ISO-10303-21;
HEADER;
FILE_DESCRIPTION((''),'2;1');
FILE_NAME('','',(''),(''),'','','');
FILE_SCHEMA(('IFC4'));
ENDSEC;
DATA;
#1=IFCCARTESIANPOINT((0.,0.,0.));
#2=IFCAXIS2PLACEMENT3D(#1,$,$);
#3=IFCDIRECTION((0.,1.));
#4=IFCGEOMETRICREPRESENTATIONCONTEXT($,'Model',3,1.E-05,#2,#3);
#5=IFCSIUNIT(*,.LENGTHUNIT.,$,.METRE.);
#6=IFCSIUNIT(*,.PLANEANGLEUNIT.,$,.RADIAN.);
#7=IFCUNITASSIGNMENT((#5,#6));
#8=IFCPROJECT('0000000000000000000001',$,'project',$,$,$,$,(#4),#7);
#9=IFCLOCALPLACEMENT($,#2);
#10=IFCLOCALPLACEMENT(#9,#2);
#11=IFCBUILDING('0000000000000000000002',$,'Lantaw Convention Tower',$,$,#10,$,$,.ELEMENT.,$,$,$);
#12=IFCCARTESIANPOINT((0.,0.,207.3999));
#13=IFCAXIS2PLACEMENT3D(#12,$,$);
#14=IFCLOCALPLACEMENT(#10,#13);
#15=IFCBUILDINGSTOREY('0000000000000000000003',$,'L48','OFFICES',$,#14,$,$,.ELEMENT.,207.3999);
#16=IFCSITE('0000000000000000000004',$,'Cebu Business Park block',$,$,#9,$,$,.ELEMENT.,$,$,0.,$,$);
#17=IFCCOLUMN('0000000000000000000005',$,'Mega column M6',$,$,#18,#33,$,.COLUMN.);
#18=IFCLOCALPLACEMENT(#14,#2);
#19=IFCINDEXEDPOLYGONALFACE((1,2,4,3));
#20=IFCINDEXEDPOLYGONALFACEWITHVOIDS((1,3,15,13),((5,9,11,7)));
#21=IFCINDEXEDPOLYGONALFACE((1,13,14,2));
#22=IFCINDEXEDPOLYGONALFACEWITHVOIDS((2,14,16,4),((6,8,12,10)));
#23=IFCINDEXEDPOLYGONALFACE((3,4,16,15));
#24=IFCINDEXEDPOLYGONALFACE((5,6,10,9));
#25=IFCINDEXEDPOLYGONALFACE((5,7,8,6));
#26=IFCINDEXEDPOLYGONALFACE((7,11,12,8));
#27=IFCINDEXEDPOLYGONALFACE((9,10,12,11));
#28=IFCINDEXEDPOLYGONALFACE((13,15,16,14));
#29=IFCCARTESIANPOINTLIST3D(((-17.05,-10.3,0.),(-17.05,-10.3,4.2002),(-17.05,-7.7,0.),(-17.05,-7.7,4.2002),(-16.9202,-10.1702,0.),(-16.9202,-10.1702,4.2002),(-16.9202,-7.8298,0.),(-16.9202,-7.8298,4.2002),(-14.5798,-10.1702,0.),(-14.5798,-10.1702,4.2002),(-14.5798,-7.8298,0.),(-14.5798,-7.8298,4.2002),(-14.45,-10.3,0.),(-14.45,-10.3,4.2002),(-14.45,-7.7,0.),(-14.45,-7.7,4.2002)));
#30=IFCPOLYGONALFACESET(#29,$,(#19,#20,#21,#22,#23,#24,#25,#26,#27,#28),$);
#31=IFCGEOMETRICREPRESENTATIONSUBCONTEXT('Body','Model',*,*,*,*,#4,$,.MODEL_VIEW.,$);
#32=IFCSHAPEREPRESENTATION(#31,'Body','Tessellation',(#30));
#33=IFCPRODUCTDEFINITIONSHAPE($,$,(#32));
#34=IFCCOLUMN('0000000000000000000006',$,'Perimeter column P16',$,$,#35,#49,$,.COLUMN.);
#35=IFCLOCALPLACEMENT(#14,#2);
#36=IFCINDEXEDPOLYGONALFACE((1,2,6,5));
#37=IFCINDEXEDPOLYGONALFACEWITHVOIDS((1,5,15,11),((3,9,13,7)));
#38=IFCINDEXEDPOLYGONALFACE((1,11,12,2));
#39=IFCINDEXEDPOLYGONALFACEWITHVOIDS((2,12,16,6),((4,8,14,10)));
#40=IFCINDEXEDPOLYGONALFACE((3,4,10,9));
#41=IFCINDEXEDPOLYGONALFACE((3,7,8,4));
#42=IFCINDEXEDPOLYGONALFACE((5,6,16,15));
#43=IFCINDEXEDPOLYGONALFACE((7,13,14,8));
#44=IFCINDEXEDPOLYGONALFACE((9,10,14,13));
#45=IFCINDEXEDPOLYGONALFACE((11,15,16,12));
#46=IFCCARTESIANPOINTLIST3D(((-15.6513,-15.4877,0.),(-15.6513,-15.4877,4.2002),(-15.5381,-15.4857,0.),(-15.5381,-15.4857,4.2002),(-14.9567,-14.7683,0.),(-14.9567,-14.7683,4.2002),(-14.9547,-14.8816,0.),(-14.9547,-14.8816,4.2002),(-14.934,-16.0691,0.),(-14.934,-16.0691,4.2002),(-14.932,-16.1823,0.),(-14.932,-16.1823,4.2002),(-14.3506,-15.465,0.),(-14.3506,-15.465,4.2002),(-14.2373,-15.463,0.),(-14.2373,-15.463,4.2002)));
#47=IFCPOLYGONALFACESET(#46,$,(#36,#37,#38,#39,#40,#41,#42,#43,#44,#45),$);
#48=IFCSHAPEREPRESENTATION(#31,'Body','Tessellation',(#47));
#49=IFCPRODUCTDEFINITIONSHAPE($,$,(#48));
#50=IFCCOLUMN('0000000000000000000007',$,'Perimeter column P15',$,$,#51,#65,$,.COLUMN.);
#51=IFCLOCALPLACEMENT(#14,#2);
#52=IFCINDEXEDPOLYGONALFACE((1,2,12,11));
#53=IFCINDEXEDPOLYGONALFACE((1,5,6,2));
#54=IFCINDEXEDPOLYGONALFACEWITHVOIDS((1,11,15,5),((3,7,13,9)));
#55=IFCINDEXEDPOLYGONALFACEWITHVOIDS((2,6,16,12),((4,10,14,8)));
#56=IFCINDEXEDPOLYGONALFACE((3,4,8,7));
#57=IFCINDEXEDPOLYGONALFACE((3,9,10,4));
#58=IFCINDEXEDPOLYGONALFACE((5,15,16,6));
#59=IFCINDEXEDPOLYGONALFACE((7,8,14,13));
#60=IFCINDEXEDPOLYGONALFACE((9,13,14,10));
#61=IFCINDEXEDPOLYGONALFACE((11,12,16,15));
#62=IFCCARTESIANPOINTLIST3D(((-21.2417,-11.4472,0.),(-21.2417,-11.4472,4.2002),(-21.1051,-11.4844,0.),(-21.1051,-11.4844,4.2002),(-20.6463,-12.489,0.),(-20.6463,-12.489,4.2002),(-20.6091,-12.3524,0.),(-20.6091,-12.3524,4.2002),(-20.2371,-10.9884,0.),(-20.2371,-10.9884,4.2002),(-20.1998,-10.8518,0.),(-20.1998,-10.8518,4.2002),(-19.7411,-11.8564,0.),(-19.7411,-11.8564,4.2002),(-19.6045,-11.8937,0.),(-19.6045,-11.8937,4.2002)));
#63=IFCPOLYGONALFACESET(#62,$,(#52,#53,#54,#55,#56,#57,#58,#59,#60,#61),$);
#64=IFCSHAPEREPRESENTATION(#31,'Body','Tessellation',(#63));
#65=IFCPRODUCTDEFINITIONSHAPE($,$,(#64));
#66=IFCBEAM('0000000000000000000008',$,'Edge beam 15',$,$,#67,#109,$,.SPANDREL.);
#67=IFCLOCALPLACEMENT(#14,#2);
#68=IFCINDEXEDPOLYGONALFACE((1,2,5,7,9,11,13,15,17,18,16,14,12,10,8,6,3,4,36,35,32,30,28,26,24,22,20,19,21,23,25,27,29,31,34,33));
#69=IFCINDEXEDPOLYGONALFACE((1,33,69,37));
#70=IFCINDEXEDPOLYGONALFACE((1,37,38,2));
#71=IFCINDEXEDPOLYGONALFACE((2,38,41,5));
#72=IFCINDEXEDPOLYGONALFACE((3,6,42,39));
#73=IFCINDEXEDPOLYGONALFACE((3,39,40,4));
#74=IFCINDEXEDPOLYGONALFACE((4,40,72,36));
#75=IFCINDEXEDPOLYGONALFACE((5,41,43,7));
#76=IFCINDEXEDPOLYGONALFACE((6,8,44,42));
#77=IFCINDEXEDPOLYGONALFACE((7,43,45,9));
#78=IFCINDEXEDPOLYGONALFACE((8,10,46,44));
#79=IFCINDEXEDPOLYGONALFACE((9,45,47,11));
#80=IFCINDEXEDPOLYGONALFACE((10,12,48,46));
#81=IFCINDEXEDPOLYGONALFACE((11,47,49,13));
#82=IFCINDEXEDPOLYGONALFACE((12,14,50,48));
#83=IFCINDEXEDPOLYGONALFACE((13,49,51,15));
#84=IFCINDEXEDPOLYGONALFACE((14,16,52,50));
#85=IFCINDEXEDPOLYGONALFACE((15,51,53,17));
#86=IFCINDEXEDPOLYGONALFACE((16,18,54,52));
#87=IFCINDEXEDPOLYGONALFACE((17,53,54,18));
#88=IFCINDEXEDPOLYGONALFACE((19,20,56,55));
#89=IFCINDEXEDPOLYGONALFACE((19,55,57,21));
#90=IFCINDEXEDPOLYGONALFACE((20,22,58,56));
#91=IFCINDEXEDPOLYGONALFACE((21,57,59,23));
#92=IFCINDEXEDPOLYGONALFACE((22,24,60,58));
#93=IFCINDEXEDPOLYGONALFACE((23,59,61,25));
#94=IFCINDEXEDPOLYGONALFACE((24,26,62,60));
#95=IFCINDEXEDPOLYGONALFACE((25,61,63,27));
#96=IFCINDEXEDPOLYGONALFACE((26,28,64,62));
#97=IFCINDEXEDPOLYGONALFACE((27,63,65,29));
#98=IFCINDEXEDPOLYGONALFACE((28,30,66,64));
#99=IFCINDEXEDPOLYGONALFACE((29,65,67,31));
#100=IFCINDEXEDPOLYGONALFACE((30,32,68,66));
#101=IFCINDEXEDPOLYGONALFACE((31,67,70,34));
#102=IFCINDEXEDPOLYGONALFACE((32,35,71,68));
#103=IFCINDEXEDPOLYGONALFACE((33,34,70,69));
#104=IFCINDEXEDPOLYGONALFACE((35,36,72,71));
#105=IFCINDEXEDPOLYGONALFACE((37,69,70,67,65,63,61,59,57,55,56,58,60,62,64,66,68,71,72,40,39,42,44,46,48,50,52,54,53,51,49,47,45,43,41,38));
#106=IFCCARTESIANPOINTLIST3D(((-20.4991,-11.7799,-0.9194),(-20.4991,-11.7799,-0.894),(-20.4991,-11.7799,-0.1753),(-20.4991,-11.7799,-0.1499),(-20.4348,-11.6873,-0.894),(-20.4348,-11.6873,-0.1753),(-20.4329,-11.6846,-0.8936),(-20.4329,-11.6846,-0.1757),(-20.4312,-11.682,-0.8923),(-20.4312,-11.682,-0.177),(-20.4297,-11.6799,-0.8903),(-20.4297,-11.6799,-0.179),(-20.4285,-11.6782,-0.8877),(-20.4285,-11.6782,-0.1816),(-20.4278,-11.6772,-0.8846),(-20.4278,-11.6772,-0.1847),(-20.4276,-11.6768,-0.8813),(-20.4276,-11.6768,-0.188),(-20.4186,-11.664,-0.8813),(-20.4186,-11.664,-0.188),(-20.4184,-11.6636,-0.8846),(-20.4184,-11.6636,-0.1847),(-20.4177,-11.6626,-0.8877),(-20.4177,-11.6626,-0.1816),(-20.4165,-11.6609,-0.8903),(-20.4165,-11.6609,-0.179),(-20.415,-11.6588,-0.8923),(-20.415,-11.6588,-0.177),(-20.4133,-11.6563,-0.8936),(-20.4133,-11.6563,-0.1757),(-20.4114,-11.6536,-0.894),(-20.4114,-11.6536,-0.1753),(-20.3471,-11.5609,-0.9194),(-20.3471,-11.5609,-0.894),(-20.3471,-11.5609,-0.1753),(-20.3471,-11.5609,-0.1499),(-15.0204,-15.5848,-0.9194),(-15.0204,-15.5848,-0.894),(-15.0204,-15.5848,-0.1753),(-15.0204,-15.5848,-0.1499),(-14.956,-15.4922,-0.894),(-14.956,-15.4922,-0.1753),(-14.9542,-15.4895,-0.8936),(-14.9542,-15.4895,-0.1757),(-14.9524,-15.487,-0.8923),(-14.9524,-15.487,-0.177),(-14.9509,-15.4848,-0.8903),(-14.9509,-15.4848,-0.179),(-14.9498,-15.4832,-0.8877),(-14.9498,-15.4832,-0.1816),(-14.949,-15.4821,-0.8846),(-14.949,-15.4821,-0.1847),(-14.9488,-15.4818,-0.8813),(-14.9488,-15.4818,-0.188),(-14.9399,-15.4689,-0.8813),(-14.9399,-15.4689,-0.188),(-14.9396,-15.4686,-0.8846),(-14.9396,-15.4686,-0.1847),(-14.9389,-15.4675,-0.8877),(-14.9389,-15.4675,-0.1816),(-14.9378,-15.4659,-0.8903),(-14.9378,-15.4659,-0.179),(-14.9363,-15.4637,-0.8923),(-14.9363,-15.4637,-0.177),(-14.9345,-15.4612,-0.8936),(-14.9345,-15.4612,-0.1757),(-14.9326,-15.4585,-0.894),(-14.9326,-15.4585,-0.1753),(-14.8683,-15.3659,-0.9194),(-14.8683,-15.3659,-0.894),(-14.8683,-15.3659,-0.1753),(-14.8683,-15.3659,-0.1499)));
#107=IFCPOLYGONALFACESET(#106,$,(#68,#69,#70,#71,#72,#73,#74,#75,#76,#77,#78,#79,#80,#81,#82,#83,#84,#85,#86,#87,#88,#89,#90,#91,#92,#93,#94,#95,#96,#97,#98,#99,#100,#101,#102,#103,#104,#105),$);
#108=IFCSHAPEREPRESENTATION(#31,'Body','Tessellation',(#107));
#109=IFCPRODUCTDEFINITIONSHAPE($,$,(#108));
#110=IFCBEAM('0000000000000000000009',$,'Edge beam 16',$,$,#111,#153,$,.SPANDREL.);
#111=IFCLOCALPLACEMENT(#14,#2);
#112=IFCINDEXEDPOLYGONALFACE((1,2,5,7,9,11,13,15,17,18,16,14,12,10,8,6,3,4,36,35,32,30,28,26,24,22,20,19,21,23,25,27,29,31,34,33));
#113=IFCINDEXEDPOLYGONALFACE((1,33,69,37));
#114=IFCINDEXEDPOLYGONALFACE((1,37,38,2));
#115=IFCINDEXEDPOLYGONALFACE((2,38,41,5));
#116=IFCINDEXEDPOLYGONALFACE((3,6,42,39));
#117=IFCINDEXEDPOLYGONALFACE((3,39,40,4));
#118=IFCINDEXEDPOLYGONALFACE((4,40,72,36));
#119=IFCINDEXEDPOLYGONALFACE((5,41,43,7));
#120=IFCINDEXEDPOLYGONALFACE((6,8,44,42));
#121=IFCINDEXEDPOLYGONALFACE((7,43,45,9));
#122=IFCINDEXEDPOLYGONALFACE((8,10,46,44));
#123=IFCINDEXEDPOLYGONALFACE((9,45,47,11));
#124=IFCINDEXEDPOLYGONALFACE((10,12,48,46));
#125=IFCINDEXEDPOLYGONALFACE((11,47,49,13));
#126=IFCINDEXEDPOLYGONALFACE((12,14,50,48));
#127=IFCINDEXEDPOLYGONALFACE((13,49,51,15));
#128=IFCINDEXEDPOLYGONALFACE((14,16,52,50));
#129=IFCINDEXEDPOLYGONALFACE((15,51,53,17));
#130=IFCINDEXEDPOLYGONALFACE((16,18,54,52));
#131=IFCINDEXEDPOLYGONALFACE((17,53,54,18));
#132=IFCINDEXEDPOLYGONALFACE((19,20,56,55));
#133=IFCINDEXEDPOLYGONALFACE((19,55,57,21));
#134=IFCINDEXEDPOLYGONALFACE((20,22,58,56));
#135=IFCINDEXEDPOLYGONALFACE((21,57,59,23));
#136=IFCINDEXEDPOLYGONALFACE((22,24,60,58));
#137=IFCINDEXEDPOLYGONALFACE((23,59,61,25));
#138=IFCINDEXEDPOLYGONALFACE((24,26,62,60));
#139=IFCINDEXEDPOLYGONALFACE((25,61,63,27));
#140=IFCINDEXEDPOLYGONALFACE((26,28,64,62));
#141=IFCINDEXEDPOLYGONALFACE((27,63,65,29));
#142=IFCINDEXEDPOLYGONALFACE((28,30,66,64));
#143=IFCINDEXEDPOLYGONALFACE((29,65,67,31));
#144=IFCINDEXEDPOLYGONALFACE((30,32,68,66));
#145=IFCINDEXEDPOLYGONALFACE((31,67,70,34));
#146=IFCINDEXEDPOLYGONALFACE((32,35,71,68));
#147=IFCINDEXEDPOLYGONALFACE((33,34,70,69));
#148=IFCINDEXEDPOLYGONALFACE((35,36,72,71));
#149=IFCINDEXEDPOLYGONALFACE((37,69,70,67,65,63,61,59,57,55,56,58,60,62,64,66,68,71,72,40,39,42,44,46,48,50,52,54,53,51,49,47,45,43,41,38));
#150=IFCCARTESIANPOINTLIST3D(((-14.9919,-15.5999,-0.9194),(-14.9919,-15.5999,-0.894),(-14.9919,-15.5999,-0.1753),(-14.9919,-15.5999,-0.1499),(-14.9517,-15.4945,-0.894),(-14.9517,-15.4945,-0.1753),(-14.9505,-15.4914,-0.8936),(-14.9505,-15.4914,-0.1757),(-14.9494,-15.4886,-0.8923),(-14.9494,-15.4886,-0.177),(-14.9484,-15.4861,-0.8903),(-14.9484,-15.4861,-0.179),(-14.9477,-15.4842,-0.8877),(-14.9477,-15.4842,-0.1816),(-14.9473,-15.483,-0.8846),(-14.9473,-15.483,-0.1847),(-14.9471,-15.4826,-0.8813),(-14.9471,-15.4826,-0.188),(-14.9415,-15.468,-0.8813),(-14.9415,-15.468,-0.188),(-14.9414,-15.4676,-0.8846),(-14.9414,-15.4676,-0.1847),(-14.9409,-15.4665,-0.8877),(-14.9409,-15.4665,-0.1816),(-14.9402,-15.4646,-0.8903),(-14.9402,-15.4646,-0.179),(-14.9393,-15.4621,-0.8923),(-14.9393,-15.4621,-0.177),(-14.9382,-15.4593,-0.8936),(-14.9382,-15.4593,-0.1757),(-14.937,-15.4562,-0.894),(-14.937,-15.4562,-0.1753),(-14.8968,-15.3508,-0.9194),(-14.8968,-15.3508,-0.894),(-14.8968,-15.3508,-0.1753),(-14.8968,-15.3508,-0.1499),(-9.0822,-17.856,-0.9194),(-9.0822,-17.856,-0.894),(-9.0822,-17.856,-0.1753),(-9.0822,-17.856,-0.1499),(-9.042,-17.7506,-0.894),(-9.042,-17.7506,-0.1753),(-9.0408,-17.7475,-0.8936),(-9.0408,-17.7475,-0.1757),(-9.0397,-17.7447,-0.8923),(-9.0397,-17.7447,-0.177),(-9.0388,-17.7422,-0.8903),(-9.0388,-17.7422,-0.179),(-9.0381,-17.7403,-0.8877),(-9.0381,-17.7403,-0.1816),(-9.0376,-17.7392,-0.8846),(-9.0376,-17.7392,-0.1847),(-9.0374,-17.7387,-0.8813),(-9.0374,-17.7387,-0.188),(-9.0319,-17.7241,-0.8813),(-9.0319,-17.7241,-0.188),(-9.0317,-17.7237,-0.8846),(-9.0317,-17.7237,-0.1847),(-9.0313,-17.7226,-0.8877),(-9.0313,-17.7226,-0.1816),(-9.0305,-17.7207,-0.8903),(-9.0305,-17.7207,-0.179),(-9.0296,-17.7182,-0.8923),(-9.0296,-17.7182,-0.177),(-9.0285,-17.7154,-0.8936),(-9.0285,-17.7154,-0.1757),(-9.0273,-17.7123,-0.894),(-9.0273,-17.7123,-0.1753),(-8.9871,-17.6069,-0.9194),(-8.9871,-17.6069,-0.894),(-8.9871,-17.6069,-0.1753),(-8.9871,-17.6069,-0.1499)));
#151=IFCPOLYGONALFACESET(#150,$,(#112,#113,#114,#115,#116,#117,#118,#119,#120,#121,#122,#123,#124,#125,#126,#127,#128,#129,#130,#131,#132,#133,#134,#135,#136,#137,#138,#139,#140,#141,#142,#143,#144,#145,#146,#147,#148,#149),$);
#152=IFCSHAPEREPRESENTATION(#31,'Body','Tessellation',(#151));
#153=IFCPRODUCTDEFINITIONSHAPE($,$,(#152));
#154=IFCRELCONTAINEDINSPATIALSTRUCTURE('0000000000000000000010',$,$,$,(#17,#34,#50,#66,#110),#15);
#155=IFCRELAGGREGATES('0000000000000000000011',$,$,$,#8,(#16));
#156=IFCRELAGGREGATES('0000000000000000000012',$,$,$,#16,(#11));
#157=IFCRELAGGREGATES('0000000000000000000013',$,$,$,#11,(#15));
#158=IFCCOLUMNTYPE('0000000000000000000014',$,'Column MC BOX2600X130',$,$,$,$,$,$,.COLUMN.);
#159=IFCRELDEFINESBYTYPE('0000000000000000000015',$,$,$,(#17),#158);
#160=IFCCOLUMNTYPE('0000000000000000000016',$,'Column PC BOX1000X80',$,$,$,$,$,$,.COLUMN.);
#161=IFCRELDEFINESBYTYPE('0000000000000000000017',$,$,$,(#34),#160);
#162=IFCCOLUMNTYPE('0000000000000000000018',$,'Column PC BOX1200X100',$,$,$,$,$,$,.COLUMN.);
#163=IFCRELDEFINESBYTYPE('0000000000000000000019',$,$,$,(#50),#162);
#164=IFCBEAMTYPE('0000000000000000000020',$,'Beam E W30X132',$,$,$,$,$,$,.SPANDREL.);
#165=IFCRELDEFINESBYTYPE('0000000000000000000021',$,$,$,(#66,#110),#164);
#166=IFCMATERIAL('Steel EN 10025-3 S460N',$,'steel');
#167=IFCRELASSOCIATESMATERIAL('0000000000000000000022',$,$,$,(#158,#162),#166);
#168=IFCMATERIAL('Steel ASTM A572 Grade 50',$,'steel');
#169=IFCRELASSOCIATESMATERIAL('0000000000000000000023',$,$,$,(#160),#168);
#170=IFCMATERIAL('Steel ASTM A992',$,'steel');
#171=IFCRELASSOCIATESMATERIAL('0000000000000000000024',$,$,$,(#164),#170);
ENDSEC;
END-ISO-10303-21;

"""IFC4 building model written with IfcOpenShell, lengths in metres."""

from ifc_helpers import new_model, si_unit, direction, frame, origin, origin_2d, place, context, subcontext, project, spatial, rectangle, hollow_rectangle, i_section, extrude, material, material_profile, profile_set, type_object, element, save


model = new_model("IFC4")

# Units and contexts
model_context = context("Model", 3, precision=1e-05, world=origin(), true_north=direction((0.0, 1.0)))
body_context = subcontext(model_context, "Body", "Model", "MODEL_VIEW")
ifc_project = project(units=[si_unit("LENGTHUNIT", "METRE"), si_unit("PLANEANGLEUNIT", "RADIAN")], contexts=[model_context])

# Site, building, storey
site_placement = place(None, origin())
site = spatial("IfcSite", under=ifc_project, at=site_placement, Name="Cebu Business Park block", CompositionType="ELEMENT", RefElevation=0.0)
building_placement = place(site_placement, origin())
building = spatial("IfcBuilding", under=site, at=building_placement, Name="Lantaw Convention Tower", CompositionType="ELEMENT")
storey_placement = place(building_placement, frame((0.0, 0.0, 207.3999)))
storey = spatial("IfcBuildingStorey", under=building, at=storey_placement, Name="L48", Description="OFFICES", CompositionType="ELEMENT", Elevation=207.3999)

# Columns
ifc_material_1 = material(Name="Steel EN 10025-3 S460N", Category="steel")
ifc_material_profile_1 = material_profile(ifc_material_1, hollow_rectangle(XDim=2.6001, YDim=2.6001, WallThickness=0.1299, at=origin_2d()), Name="BOX2600X130")
ifc_material_2 = material(Name="Concrete C60/75", Category="concrete")
ifc_material_profile_2 = material_profile(ifc_material_2, rectangle(XDim=2.3401, YDim=2.3401, at=origin_2d()), Name="Concrete fill of BOX2600X130")
ifc_profile_set_1 = profile_set([ifc_material_profile_1, ifc_material_profile_2], Name="Steel EN 10025-3 S460N")
column_type_1 = type_object("IfcColumnType", Name="Column MC BOX2600X130", PredefinedType="COLUMN", material=ifc_profile_set_1)
column_1_placement = place(storey_placement, frame((-15.75, -9.0, 0.0), z_axis=(0.0, 0.0, 1.0), x_axis=(1.0, 0.0, 0.0)))
element("IfcColumn", 1, at=column_1_placement, inside=storey, type_object=column_type_1, Name="Mega column M6", PredefinedType="COLUMN", context=body_context, shape_type="SweptSolid", body=[
    extrude(hollow_rectangle(XDim=2.6001, YDim=2.6001, WallThickness=0.1299, at=origin_2d()), origin(), (0.0, 0.0, 1.0), 4.2002),
])
ifc_material_3 = material(Name="Steel ASTM A572 Grade 50", Category="steel")
ifc_material_profile_3 = material_profile(ifc_material_3, hollow_rectangle(XDim=1.0, YDim=1.0, WallThickness=0.0801, at=origin_2d()), Name="BOX1000X80")
ifc_material_profile_4 = material_profile(ifc_material_2, rectangle(XDim=0.8401, YDim=0.8401, at=origin_2d()), Name="Concrete fill of BOX1000X80")
ifc_profile_set_2 = profile_set([ifc_material_profile_3, ifc_material_profile_4], Name="Steel ASTM A572 Grade 50")
column_type_2 = type_object("IfcColumnType", Name="Column PC BOX1000X80", PredefinedType="COLUMN", material=ifc_profile_set_2)
column_2_placement = place(storey_placement, frame((-14.9443, -15.4753, 0.0), z_axis=(0.0, 0.0, 1.0), x_axis=(0.694658, 0.71934, 0.0)))
element("IfcColumn", 2, at=column_2_placement, inside=storey, type_object=column_type_2, Name="Perimeter column P16", PredefinedType="COLUMN", context=body_context, shape_type="SweptSolid", body=[
    extrude(hollow_rectangle(XDim=1.0, YDim=1.0, WallThickness=0.0801, at=origin_2d()), origin(), (0.0, 0.0, 1.0), 4.2002),
])
ifc_material_profile_5 = material_profile(ifc_material_1, hollow_rectangle(XDim=1.2, YDim=1.2, WallThickness=0.1001, at=origin_2d()), Name="BOX1200X100")
ifc_material_profile_6 = material_profile(ifc_material_2, rectangle(XDim=1.0, YDim=1.0, at=origin_2d()), Name="Concrete fill of BOX1200X100")
ifc_profile_set_3 = profile_set([ifc_material_profile_5, ifc_material_profile_6], Name="Steel EN 10025-3 S460N")
column_type_3 = type_object("IfcColumnType", Name="Column PC BOX1200X100", PredefinedType="COLUMN", material=ifc_profile_set_3)
column_3_placement = place(storey_placement, frame((-20.4231, -11.6704, 0.0), z_axis=(0.0, 0.0, 1.0), x_axis=(0.868243, 0.496139, 0.0)))
element("IfcColumn", 3, at=column_3_placement, inside=storey, type_object=column_type_3, Name="Perimeter column P15", PredefinedType="COLUMN", context=body_context, shape_type="SweptSolid", body=[
    extrude(hollow_rectangle(XDim=1.2, YDim=1.2, WallThickness=0.1001, at=origin_2d()), origin(), (0.0, 0.0, 1.0), 4.2002),
])

# Beams
ifc_material_4 = material(Name="Steel ASTM A992", Category="steel")
ifc_material_profile_7 = material_profile(ifc_material_4, i_section(OverallWidth=0.2666, OverallDepth=0.7695, WebThickness=0.0156, FlangeThickness=0.0254, FilletRadius=0.0127, at=origin_2d()), Name="W30X132")
ifc_profile_set_4 = profile_set([ifc_material_profile_7], Name="Steel ASTM A992")
beam_type_1 = type_object("IfcBeamType", Name="Beam E W30X132", PredefinedType="SPANDREL", material=ifc_profile_set_4)
beam_1_placement = place(storey_placement, frame((-20.4231, -11.6704, -0.5347), z_axis=(0.821353, -0.57042, 0.0), x_axis=(0.57042, 0.821353, 0.0)))
element("IfcBeam", 4, at=beam_1_placement, inside=storey, type_object=beam_type_1, Name="Edge beam 15", PredefinedType="SPANDREL", context=body_context, shape_type="SweptSolid", body=[
    extrude(i_section(OverallWidth=0.2666, OverallDepth=0.7695, WebThickness=0.0156, FlangeThickness=0.0254, FilletRadius=0.0127, at=origin_2d()), origin(), (0.0, 0.0, 1.0), 6.6704),
])
beam_2_placement = place(storey_placement, frame((-14.9443, -15.4753, -0.5347), z_axis=(0.934235, -0.356658, 0.0), x_axis=(0.356658, 0.934235, 0.0)))
element("IfcBeam", 5, at=beam_2_placement, inside=storey, type_object=beam_type_1, Name="Edge beam 16", PredefinedType="SPANDREL", context=body_context, shape_type="SweptSolid", body=[
    extrude(i_section(OverallWidth=0.2666, OverallDepth=0.7695, WebThickness=0.0156, FlangeThickness=0.0254, FilletRadius=0.0127, at=origin_2d()), origin(), (0.0, 0.0, 1.0), 6.3257),
])

save(model, "model.ifc")
